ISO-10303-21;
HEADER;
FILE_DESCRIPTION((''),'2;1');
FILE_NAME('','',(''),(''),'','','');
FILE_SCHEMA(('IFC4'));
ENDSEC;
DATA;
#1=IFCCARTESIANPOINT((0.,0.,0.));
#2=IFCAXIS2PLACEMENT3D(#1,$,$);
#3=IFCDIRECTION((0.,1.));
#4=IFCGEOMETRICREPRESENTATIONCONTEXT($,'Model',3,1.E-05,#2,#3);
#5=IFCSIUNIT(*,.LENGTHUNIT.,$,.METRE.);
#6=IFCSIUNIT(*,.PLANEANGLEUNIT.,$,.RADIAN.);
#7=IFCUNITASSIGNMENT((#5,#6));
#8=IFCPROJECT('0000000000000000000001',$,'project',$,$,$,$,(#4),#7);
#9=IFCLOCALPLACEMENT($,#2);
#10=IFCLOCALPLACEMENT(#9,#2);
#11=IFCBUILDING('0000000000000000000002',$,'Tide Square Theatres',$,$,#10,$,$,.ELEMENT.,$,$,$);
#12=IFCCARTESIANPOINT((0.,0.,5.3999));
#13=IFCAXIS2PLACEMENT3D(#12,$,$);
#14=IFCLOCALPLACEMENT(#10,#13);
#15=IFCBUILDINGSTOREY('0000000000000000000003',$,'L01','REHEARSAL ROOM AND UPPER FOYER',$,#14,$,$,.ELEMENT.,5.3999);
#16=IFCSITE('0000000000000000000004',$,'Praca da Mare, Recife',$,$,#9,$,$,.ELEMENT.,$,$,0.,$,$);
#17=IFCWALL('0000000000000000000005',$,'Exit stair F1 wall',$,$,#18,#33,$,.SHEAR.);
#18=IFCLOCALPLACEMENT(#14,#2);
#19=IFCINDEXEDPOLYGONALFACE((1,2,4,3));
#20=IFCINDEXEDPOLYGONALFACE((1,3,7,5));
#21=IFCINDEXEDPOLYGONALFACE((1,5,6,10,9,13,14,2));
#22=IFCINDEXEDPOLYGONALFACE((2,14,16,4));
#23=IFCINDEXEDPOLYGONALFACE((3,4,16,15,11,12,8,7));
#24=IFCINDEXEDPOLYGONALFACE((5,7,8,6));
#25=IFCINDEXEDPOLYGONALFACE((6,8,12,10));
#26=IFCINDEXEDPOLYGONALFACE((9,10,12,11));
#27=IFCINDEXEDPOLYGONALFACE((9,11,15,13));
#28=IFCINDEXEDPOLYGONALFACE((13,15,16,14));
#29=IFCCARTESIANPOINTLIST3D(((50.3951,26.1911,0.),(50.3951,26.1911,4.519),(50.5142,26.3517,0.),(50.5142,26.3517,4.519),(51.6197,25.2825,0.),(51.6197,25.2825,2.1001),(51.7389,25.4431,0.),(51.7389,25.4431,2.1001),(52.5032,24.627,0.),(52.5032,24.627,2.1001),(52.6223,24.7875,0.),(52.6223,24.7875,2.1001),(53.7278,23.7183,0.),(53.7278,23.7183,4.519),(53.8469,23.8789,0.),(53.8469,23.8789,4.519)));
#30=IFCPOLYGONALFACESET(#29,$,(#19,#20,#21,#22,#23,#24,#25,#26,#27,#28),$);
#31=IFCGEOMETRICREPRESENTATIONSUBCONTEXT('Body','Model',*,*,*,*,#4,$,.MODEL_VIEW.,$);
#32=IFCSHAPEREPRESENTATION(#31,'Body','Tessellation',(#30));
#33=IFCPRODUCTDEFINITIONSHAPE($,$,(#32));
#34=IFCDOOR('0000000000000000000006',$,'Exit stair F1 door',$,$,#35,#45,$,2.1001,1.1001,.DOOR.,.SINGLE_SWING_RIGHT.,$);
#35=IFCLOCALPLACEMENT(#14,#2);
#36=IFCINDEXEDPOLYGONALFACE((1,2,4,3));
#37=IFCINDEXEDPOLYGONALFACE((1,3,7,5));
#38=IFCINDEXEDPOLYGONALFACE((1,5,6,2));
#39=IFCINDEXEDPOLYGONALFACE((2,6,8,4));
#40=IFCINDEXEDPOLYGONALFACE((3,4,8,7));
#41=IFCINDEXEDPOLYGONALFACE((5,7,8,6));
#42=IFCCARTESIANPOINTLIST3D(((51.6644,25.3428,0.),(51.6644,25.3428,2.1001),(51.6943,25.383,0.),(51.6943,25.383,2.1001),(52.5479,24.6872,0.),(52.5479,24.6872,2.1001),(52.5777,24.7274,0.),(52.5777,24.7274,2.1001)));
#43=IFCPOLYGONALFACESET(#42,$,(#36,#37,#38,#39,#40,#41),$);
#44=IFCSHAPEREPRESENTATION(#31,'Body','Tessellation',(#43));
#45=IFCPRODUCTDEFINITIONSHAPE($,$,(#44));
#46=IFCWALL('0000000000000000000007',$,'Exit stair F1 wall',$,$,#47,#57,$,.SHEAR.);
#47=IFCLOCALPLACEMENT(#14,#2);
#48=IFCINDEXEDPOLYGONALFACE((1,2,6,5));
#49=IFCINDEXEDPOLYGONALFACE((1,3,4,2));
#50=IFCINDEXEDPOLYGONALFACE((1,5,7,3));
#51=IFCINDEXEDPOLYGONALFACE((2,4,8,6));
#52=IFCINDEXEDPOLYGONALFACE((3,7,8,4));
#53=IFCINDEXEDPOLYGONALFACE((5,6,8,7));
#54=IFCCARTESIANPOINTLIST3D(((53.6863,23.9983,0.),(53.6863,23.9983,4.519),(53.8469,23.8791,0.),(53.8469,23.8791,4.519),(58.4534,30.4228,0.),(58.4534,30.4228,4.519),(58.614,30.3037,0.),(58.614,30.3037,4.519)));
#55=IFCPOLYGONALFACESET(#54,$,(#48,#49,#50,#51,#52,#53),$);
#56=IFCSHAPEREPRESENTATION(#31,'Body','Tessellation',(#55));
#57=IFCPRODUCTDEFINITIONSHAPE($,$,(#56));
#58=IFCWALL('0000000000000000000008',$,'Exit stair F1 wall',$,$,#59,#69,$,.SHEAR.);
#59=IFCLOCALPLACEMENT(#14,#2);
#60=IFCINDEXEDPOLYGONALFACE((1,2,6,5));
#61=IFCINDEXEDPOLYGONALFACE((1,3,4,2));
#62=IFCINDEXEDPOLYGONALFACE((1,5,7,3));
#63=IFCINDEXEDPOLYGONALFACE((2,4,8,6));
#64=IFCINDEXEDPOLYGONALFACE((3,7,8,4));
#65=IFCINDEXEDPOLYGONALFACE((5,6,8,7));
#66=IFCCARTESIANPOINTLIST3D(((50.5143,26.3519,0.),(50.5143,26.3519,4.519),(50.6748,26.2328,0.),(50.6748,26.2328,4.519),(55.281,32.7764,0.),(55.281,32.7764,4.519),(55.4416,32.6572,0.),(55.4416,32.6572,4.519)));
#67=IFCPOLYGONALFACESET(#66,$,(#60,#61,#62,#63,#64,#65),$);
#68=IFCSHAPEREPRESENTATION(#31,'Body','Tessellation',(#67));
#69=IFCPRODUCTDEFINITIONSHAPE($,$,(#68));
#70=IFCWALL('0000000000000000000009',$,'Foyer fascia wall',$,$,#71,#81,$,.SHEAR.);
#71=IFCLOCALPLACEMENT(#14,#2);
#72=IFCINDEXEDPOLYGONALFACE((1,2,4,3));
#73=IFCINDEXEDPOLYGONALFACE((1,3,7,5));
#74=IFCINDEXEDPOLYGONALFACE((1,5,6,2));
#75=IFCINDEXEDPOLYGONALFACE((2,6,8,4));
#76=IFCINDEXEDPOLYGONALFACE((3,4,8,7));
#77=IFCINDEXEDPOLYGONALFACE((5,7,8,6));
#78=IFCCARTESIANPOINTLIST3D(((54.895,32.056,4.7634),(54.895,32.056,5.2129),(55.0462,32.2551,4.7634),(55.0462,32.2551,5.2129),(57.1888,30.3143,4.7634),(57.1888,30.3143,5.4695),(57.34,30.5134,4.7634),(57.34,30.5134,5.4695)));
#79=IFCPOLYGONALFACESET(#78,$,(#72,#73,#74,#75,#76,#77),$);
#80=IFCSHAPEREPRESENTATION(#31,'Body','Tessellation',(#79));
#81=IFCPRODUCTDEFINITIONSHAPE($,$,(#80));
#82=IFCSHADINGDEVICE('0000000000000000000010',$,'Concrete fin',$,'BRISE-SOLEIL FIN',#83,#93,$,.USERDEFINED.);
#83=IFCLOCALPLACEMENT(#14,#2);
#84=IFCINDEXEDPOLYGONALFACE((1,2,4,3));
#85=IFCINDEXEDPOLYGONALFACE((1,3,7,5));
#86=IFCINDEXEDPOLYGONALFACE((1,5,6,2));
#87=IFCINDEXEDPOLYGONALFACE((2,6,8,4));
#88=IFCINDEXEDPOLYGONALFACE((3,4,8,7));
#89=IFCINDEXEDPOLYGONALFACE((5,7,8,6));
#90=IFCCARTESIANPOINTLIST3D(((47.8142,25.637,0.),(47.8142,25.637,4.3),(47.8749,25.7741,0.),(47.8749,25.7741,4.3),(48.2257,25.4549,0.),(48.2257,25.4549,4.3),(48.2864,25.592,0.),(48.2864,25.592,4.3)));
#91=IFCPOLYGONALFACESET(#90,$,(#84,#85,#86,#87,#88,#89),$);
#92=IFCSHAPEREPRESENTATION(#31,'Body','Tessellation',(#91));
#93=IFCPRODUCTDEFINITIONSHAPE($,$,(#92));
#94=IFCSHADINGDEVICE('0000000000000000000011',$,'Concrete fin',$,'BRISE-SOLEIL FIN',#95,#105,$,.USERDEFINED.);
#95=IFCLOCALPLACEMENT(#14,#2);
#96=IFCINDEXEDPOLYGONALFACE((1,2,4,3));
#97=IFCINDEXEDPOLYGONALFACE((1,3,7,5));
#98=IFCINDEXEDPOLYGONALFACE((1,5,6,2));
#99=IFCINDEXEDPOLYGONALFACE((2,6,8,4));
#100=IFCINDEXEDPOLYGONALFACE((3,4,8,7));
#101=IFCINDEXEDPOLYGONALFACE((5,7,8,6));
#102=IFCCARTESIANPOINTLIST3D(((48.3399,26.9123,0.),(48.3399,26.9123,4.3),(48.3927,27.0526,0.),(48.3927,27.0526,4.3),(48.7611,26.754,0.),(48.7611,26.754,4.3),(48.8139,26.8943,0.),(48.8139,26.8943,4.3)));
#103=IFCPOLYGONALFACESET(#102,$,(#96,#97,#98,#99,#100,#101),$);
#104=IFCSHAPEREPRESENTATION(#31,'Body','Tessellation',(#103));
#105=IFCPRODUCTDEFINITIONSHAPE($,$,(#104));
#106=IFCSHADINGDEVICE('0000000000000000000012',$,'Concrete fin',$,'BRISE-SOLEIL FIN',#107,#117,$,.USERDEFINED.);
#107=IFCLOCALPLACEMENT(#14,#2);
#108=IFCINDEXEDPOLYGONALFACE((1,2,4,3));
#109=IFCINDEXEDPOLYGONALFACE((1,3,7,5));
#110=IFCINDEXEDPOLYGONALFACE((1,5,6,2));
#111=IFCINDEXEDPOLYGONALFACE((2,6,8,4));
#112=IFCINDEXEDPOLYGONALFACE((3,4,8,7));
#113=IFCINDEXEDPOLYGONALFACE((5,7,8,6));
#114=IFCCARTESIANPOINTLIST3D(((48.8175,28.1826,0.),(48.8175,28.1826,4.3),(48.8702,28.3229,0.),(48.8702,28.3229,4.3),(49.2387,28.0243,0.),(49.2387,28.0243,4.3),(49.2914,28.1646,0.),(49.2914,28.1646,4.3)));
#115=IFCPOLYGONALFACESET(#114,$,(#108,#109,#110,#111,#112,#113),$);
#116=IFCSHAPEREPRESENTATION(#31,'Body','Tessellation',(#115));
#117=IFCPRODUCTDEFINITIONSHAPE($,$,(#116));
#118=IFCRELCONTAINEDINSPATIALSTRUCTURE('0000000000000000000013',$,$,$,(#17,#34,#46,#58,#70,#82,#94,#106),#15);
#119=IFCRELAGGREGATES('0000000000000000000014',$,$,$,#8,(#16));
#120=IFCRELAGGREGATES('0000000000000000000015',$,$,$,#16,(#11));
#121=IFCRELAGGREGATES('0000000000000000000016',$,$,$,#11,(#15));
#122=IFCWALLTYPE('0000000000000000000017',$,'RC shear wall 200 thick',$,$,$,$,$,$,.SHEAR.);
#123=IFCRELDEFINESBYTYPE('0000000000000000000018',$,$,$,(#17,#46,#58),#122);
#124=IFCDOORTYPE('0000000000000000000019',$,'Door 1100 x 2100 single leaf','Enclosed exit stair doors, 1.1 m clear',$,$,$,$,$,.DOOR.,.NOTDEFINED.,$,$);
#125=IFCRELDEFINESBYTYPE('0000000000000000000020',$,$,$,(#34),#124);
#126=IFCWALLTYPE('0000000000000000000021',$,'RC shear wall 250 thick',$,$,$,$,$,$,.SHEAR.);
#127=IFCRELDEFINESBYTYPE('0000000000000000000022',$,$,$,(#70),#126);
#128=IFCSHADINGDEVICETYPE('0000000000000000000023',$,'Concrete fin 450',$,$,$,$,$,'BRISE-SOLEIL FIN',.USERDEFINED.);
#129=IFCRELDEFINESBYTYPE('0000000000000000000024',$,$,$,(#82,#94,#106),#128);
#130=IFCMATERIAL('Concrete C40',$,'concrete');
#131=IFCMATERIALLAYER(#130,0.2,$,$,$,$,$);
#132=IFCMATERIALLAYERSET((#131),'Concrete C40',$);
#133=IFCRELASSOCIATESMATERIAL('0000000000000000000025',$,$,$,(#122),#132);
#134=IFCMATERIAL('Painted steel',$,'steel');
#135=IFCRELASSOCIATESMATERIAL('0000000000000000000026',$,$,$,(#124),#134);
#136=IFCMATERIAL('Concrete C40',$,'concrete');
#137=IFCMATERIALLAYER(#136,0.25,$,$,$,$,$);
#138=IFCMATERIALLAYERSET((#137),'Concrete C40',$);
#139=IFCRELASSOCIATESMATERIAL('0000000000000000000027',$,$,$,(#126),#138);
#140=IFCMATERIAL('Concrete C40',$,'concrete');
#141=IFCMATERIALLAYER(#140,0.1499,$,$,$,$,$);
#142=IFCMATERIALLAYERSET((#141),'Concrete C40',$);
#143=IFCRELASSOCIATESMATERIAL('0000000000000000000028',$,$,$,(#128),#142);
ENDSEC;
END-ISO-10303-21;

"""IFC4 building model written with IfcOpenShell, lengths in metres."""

from ifc_helpers import new_model, si_unit, direction, frame, frame_2d, origin, origin_2d, place, context, subcontext, project, spatial, polyline, rectangle, outline, extrude, material, layer, layer_set, type_object, element, fill, save


model = new_model("IFC4")

# Units and contexts
model_context = context("Model", 3, precision=1e-05, world=origin(), true_north=direction((0.0, 1.0)))
body_context = subcontext(model_context, "Body", "Model", "MODEL_VIEW")
ifc_project = project(units=[si_unit("LENGTHUNIT", "METRE"), si_unit("PLANEANGLEUNIT", "RADIAN")], contexts=[model_context])

# Site, building, storey
site_placement = place(None, origin())
site = spatial("IfcSite", under=ifc_project, at=site_placement, Name="Praca da Mare, Recife", CompositionType="ELEMENT", RefElevation=0.0)
building_placement = place(site_placement, origin())
building = spatial("IfcBuilding", under=site, at=building_placement, Name="Tide Square Theatres", CompositionType="ELEMENT")
storey_placement = place(building_placement, frame((0.0, 0.0, 5.3999)))
storey = spatial("IfcBuildingStorey", under=building, at=storey_placement, Name="L01", Description="REHEARSAL ROOM AND UPPER FOYER", CompositionType="ELEMENT", Elevation=5.3999)

# Wall, opening, door
ifc_material_1 = material(Name="Concrete C40", Category="concrete")
ifc_layer_1 = layer(ifc_material_1, 0.2)
ifc_layer_set_1 = layer_set([ifc_layer_1], Name="Concrete C40")
wall_type_1 = type_object("IfcWallType", Name="RC shear wall 200 thick", PredefinedType="SHEAR", material=ifc_layer_set_1)
wall_1_placement = place(storey_placement, frame((53.7874, 23.7986, 0.0), z_axis=(0.0, 0.0, 1.0), x_axis=(-0.803074, 0.595879, 0.0)))
wall_1 = element("IfcWall", 1, at=wall_1_placement, inside=storey, type_object=wall_type_1, Name="Exit stair F1 wall", PredefinedType="SHEAR", context=body_context, shape_type="SweptSolid", body=[
    extrude(rectangle(XDim=4.1499, YDim=0.2, at=frame_2d((2.075, 0.0))), origin(), (0.0, 0.0, 1.0), 4.519),
])
opening_1_placement = place(wall_1_placement, frame((1.5249, 0.0, 0.0)))
opening_1 = element("IfcOpeningElement", 2, at=opening_1_placement, cuts=wall_1, PredefinedType="OPENING", context=body_context, shape_type="SweptSolid", body=[
    extrude(rectangle(XDim=1.1001, YDim=2.1001, at=frame_2d((0.55, 1.05))), frame((0.0, 0.1099, 0.0), z_axis=(0.0, -1.0, 0.0), x_axis=(1.0, 0.0, 0.0)), (0.0, 0.0, 1.0), 0.22),
])
ifc_material_2 = material(Name="Painted steel", Category="steel")
door_type_1 = type_object("IfcDoorType", Name="Door 1100 x 2100 single leaf", Description="Enclosed exit stair doors, 1.1 m clear", OperationType="NOTDEFINED", PredefinedType="DOOR", material=ifc_material_2)
door_1_placement = place(opening_1_placement, origin())
door_1 = element("IfcDoor", 3, at=door_1_placement, inside=storey, type_object=door_type_1, Name="Exit stair F1 door", OperationType="SINGLE_SWING_RIGHT", OverallHeight=2.1001, OverallWidth=1.1001, PredefinedType="DOOR", context=body_context, shape_type="SweptSolid", body=[
    extrude(rectangle(XDim=1.1001, YDim=2.1001, at=frame_2d((0.55, 1.05))), frame((0.0, 0.0249, 0.0), z_axis=(0.0, -1.0, 0.0), x_axis=(1.0, 0.0, 0.0)), (0.0, 0.0, 1.0), 0.05),
])
fill(opening_1, door_1)

# Walls
wall_2_placement = place(storey_placement, frame((53.7666, 23.9387, 0.0), z_axis=(0.0, 0.0, 1.0), x_axis=(0.595886, 0.803069, 0.0)))
element("IfcWall", 4, at=wall_2_placement, inside=storey, type_object=wall_type_1, Name="Exit stair F1 wall", PredefinedType="SHEAR", context=body_context, shape_type="SweptSolid", body=[
    extrude(rectangle(XDim=8.0, YDim=0.2, at=frame_2d((4.0, 0.0))), origin(), (0.0, 0.0, 1.0), 4.519),
])
wall_3_placement = place(storey_placement, frame((50.5945, 26.2922, 0.0), z_axis=(0.0, 0.0, 1.0), x_axis=(0.595866, 0.803084, 0.0)))
element("IfcWall", 5, at=wall_3_placement, inside=storey, type_object=wall_type_1, Name="Exit stair F1 wall", PredefinedType="SHEAR", context=body_context, shape_type="SweptSolid", body=[
    extrude(rectangle(XDim=7.9998, YDim=0.2, at=frame_2d((4.0, 0.0))), origin(), (0.0, 0.0, 1.0), 4.519),
])
ifc_material_3 = material(Name="Concrete C40", Category="concrete")
ifc_layer_2 = layer(ifc_material_3, 0.25)
ifc_layer_set_2 = layer_set([ifc_layer_2], Name="Concrete C40")
wall_type_2 = type_object("IfcWallType", Name="RC shear wall 250 thick", PredefinedType="SHEAR", material=ifc_layer_set_2)
wall_4_placement = place(storey_placement, frame((57.2644, 30.4138, 4.7634), z_axis=(0.0, 0.0, 1.0), x_axis=(-0.796415, 0.60475, 0.0)))
element("IfcWall", 6, at=wall_4_placement, inside=storey, type_object=wall_type_2, Name="Foyer fascia wall", PredefinedType="SHEAR", context=body_context, shape_type="SweptSolid", body=[
    extrude(outline(polyline([(0.0, 0.0), (2.8801, 0.0), (2.8801, 0.4495), (0.0, 0.7061), (0.0, 0.0)])), frame((0.0, 0.125, 0.0), z_axis=(0.0, -1.0, 0.0), x_axis=(1.0, 0.0, 0.0)), (0.0, 0.0, 1.0), 0.25),
])

# Shading devices
ifc_material_4 = material(Name="Concrete C40", Category="concrete")
ifc_layer_3 = layer(ifc_material_4, 0.1499)
ifc_layer_set_3 = layer_set([ifc_layer_3], Name="Concrete C40")
shading_device_type = type_object("IfcShadingDeviceType", Name="Concrete fin 450", ElementType="BRISE-SOLEIL FIN", PredefinedType="USERDEFINED", material=ifc_layer_set_3)
for number, where, z_axis, x_axis, name in (
    (7, (48.0503, 25.6145, 0.0), (0.0, 0.0, 1.0), (0.404631, 0.91448, 0.0), "Concrete fin"),
    (8, (48.5769, 26.9033, 0.0), (0.0, 0.0, 1.0), (0.351874, 0.936047, 0.0), "Concrete fin"),
    (9, (49.0544, 28.1736, 0.0), (0.0, 0.0, 1.0), (0.351874, 0.936047, 0.0), "Concrete fin"),
):
    element("IfcShadingDevice", number, at=place(storey_placement, frame(where, z_axis=z_axis, x_axis=x_axis)), inside=storey, type_object=shading_device_type, Name=name, ObjectType="BRISE-SOLEIL FIN", PredefinedType="USERDEFINED", context=body_context, shape_type="SweptSolid", body=[
        extrude(rectangle(XDim=0.1499, YDim=0.45, at=origin_2d()), origin(), (0.0, 0.0, 1.0), 4.3),
    ])

save(model, "model.ifc")
